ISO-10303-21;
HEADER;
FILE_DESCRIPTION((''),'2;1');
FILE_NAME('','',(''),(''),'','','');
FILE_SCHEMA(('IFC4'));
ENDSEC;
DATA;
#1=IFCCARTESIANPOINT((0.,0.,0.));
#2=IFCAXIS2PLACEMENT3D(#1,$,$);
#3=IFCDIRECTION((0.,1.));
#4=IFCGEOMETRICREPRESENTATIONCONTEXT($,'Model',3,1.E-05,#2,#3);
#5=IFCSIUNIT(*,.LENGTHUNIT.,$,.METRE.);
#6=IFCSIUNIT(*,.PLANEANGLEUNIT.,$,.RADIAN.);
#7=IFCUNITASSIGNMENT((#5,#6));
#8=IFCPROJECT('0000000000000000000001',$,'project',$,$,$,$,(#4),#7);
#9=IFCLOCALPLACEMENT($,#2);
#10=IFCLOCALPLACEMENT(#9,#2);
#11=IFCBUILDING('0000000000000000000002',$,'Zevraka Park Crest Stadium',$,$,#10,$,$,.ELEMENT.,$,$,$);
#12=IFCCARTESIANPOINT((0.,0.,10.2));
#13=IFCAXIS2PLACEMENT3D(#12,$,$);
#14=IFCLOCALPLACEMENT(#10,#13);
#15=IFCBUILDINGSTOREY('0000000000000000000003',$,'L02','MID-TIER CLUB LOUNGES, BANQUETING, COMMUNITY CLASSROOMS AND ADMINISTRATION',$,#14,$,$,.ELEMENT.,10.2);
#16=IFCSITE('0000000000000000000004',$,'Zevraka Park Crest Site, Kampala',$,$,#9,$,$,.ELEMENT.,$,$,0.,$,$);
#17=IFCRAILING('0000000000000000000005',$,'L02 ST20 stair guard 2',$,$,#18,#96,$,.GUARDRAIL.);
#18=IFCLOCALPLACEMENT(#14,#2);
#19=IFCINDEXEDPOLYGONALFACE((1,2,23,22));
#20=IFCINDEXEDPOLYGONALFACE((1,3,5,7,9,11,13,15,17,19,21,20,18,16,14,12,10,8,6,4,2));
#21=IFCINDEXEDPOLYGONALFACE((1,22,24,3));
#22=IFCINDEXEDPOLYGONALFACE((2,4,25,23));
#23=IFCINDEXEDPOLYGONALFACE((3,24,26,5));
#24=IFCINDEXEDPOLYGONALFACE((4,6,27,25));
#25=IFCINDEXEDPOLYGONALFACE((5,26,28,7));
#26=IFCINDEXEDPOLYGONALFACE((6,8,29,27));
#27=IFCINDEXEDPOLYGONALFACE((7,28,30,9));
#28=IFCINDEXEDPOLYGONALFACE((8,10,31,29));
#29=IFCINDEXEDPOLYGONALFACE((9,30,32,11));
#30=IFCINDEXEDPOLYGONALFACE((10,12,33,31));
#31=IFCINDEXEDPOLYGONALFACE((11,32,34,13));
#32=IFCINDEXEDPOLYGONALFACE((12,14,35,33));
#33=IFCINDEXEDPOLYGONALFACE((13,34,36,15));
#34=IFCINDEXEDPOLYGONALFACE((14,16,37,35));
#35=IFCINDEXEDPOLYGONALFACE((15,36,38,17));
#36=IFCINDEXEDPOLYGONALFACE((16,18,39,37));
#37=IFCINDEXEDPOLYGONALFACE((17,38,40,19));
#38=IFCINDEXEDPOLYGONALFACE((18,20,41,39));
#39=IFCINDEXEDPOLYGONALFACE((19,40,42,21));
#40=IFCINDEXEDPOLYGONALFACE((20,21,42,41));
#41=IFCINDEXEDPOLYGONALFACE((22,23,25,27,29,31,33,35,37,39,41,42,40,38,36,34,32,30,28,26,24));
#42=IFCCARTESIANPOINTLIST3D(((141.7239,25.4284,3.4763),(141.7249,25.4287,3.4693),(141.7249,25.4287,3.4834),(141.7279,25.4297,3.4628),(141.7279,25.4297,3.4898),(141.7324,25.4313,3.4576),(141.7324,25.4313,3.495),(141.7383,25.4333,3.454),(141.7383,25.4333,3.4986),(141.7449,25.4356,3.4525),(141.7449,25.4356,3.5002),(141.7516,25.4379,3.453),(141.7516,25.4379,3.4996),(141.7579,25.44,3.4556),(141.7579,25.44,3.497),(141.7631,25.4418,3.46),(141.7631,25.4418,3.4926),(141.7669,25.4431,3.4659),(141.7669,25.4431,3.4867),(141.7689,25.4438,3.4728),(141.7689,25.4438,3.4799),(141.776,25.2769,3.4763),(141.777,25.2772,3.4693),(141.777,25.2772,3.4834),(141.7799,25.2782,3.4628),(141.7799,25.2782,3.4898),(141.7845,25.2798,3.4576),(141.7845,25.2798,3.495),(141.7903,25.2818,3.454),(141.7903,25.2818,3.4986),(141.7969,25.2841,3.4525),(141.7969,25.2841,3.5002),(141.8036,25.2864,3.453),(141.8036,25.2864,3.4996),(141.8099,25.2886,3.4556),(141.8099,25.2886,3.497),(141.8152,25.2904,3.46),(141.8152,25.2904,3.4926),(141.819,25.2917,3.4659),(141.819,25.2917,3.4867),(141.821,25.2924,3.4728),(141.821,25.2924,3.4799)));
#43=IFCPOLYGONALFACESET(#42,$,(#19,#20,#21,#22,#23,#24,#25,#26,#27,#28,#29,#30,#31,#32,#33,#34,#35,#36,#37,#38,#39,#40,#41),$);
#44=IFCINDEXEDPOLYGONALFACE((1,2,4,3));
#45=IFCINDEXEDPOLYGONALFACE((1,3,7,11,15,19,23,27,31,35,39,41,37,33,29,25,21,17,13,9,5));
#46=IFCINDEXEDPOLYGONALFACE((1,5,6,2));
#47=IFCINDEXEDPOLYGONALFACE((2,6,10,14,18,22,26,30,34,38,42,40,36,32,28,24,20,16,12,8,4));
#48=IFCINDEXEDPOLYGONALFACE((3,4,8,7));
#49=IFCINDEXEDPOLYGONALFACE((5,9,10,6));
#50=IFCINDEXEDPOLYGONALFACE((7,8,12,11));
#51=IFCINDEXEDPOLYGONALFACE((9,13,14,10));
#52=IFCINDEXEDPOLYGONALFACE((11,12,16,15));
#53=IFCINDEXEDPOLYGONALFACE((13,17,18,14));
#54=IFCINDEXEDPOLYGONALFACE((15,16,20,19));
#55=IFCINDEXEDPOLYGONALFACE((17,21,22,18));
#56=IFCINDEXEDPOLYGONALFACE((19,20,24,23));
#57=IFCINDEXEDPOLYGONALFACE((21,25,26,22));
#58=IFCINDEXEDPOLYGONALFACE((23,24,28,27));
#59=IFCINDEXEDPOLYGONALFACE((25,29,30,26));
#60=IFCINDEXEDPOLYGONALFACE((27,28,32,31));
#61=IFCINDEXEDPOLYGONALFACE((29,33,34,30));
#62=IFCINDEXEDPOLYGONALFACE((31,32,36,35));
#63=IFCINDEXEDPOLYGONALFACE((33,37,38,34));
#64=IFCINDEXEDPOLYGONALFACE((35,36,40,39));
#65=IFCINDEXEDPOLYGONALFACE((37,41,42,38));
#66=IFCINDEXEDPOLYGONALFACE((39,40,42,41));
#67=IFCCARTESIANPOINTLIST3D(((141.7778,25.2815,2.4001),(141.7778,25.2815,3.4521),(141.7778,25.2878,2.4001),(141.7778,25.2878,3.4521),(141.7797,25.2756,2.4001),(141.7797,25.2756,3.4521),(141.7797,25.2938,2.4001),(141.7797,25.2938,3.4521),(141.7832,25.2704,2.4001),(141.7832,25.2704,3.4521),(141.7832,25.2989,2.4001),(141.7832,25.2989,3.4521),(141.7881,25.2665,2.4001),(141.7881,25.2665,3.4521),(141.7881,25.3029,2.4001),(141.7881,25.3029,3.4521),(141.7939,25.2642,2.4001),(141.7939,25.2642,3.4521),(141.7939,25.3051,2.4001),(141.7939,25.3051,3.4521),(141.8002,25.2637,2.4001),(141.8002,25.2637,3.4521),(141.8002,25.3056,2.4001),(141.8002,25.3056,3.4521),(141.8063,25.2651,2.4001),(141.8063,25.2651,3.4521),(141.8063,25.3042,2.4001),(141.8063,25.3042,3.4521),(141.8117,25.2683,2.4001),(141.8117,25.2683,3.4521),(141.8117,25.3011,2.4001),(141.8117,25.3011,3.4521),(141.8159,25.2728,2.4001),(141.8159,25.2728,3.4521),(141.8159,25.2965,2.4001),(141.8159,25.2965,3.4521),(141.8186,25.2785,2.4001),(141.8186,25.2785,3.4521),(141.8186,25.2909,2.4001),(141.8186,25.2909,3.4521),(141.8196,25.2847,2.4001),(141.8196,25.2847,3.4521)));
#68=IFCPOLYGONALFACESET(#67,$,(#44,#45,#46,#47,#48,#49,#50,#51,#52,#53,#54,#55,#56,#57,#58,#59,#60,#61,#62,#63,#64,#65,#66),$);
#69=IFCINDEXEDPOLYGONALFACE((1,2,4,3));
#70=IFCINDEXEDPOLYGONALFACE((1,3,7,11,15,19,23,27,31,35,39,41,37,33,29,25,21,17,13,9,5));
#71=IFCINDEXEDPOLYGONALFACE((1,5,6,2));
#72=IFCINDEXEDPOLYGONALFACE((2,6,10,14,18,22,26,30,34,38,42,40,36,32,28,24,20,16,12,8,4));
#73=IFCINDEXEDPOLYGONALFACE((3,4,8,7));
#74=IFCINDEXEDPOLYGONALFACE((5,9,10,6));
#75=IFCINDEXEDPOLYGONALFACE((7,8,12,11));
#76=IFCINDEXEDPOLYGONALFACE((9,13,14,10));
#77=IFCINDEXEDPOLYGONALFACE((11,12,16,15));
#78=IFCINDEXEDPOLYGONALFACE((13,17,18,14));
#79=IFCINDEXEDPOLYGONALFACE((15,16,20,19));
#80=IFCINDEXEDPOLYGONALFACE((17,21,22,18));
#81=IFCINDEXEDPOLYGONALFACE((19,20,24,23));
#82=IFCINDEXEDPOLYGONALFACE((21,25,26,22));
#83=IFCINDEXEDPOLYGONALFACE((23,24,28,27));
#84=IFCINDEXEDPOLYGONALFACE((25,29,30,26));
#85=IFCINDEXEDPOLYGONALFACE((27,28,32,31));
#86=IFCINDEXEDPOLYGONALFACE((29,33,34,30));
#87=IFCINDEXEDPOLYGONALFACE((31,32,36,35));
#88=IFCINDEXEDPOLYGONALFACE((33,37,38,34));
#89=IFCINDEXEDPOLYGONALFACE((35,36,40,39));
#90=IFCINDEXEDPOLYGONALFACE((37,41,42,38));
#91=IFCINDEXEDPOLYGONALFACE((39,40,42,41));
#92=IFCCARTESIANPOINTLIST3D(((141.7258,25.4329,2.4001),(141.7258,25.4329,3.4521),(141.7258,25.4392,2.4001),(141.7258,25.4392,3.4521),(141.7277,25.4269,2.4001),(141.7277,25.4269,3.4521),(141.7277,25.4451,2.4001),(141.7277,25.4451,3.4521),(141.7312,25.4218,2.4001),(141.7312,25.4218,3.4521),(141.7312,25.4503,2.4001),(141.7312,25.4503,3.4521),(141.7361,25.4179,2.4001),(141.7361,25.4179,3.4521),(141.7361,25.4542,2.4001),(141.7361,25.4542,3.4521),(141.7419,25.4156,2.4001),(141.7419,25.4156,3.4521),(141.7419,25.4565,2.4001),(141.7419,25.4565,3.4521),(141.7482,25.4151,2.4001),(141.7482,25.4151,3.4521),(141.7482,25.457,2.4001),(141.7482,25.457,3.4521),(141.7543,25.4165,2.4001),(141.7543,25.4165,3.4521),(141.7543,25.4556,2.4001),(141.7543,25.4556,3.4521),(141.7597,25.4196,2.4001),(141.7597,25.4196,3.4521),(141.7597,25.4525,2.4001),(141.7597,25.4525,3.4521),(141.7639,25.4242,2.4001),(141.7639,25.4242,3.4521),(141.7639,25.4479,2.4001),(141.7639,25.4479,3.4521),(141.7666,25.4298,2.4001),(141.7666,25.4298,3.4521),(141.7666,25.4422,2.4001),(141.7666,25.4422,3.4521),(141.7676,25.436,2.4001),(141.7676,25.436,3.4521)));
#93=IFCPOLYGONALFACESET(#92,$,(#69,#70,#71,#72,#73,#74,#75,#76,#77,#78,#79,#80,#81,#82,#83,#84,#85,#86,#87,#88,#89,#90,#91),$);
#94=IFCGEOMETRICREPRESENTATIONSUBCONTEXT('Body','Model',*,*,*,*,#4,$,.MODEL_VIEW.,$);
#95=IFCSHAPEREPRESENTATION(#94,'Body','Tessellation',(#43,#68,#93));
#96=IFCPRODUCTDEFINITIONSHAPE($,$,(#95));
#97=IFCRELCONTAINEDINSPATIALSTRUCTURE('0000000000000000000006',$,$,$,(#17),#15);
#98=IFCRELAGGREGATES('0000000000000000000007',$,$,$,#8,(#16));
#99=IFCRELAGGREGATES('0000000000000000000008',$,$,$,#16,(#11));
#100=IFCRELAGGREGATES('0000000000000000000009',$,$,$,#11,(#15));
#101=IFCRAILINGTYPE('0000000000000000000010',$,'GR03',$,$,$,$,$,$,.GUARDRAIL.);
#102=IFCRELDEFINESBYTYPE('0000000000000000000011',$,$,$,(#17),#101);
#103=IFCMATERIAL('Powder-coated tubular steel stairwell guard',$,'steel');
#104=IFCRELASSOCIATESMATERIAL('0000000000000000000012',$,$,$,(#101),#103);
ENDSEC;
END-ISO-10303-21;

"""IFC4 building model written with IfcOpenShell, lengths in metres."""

from ifc_helpers import new_model, si_unit, direction, frame, origin, origin_2d, place, context, subcontext, project, spatial, circle, extrude, material, type_object, element, save


model = new_model("IFC4")

# Units and contexts
model_context = context("Model", 3, precision=1e-05, world=origin(), true_north=direction((0.0, 1.0)))
body_context = subcontext(model_context, "Body", "Model", "MODEL_VIEW")
ifc_project = project(units=[si_unit("LENGTHUNIT", "METRE"), si_unit("PLANEANGLEUNIT", "RADIAN")], contexts=[model_context])

# Site, building, storey
site_placement = place(None, origin())
site = spatial("IfcSite", under=ifc_project, at=site_placement, Name="Zevraka Park Crest Site, Kampala", CompositionType="ELEMENT", RefElevation=0.0)
building_placement = place(site_placement, origin())
building = spatial("IfcBuilding", under=site, at=building_placement, Name="Zevraka Park Crest Stadium", CompositionType="ELEMENT")
storey_placement = place(building_placement, frame((0.0, 0.0, 10.2)))
storey = spatial("IfcBuildingStorey", under=building, at=storey_placement, Name="L02", Description="MID-TIER CLUB LOUNGES, BANQUETING, COMMUNITY CLASSROOMS AND ADMINISTRATION", CompositionType="ELEMENT", Elevation=10.2)

# Railing
ifc_material_1 = material(Name="Powder-coated tubular steel stairwell guard", Category="steel")
railing_type_1 = type_object("IfcRailingType", Name="GR03", PredefinedType="GUARDRAIL", material=ifc_material_1)
railing_1_placement = place(storey_placement, frame((141.7986, 25.2847, 2.4001)))
element("IfcRailing", 1, at=railing_1_placement, inside=storey, type_object=railing_type_1, Name="L02 ST20 stair guard 2", PredefinedType="GUARDRAIL", context=body_context, shape_type="SweptSolid", body=[
    extrude(circle(Radius=0.0239, at=origin_2d()), frame((0.0, 0.0, 1.0762), z_axis=(-0.324909, 0.945745, 0.0), x_axis=(-0.945745, -0.324909, 0.0)), (0.0, 0.0, 1.0), 0.1602),
    extrude(circle(Radius=0.021, at=origin_2d()), origin(), (0.0, 0.0, 1.0), 1.052),
    extrude(circle(Radius=0.021, at=origin_2d()), frame((-0.052, 0.1514, 0.0)), (0.0, 0.0, 1.0), 1.052),
])

save(model, "model.ifc")
